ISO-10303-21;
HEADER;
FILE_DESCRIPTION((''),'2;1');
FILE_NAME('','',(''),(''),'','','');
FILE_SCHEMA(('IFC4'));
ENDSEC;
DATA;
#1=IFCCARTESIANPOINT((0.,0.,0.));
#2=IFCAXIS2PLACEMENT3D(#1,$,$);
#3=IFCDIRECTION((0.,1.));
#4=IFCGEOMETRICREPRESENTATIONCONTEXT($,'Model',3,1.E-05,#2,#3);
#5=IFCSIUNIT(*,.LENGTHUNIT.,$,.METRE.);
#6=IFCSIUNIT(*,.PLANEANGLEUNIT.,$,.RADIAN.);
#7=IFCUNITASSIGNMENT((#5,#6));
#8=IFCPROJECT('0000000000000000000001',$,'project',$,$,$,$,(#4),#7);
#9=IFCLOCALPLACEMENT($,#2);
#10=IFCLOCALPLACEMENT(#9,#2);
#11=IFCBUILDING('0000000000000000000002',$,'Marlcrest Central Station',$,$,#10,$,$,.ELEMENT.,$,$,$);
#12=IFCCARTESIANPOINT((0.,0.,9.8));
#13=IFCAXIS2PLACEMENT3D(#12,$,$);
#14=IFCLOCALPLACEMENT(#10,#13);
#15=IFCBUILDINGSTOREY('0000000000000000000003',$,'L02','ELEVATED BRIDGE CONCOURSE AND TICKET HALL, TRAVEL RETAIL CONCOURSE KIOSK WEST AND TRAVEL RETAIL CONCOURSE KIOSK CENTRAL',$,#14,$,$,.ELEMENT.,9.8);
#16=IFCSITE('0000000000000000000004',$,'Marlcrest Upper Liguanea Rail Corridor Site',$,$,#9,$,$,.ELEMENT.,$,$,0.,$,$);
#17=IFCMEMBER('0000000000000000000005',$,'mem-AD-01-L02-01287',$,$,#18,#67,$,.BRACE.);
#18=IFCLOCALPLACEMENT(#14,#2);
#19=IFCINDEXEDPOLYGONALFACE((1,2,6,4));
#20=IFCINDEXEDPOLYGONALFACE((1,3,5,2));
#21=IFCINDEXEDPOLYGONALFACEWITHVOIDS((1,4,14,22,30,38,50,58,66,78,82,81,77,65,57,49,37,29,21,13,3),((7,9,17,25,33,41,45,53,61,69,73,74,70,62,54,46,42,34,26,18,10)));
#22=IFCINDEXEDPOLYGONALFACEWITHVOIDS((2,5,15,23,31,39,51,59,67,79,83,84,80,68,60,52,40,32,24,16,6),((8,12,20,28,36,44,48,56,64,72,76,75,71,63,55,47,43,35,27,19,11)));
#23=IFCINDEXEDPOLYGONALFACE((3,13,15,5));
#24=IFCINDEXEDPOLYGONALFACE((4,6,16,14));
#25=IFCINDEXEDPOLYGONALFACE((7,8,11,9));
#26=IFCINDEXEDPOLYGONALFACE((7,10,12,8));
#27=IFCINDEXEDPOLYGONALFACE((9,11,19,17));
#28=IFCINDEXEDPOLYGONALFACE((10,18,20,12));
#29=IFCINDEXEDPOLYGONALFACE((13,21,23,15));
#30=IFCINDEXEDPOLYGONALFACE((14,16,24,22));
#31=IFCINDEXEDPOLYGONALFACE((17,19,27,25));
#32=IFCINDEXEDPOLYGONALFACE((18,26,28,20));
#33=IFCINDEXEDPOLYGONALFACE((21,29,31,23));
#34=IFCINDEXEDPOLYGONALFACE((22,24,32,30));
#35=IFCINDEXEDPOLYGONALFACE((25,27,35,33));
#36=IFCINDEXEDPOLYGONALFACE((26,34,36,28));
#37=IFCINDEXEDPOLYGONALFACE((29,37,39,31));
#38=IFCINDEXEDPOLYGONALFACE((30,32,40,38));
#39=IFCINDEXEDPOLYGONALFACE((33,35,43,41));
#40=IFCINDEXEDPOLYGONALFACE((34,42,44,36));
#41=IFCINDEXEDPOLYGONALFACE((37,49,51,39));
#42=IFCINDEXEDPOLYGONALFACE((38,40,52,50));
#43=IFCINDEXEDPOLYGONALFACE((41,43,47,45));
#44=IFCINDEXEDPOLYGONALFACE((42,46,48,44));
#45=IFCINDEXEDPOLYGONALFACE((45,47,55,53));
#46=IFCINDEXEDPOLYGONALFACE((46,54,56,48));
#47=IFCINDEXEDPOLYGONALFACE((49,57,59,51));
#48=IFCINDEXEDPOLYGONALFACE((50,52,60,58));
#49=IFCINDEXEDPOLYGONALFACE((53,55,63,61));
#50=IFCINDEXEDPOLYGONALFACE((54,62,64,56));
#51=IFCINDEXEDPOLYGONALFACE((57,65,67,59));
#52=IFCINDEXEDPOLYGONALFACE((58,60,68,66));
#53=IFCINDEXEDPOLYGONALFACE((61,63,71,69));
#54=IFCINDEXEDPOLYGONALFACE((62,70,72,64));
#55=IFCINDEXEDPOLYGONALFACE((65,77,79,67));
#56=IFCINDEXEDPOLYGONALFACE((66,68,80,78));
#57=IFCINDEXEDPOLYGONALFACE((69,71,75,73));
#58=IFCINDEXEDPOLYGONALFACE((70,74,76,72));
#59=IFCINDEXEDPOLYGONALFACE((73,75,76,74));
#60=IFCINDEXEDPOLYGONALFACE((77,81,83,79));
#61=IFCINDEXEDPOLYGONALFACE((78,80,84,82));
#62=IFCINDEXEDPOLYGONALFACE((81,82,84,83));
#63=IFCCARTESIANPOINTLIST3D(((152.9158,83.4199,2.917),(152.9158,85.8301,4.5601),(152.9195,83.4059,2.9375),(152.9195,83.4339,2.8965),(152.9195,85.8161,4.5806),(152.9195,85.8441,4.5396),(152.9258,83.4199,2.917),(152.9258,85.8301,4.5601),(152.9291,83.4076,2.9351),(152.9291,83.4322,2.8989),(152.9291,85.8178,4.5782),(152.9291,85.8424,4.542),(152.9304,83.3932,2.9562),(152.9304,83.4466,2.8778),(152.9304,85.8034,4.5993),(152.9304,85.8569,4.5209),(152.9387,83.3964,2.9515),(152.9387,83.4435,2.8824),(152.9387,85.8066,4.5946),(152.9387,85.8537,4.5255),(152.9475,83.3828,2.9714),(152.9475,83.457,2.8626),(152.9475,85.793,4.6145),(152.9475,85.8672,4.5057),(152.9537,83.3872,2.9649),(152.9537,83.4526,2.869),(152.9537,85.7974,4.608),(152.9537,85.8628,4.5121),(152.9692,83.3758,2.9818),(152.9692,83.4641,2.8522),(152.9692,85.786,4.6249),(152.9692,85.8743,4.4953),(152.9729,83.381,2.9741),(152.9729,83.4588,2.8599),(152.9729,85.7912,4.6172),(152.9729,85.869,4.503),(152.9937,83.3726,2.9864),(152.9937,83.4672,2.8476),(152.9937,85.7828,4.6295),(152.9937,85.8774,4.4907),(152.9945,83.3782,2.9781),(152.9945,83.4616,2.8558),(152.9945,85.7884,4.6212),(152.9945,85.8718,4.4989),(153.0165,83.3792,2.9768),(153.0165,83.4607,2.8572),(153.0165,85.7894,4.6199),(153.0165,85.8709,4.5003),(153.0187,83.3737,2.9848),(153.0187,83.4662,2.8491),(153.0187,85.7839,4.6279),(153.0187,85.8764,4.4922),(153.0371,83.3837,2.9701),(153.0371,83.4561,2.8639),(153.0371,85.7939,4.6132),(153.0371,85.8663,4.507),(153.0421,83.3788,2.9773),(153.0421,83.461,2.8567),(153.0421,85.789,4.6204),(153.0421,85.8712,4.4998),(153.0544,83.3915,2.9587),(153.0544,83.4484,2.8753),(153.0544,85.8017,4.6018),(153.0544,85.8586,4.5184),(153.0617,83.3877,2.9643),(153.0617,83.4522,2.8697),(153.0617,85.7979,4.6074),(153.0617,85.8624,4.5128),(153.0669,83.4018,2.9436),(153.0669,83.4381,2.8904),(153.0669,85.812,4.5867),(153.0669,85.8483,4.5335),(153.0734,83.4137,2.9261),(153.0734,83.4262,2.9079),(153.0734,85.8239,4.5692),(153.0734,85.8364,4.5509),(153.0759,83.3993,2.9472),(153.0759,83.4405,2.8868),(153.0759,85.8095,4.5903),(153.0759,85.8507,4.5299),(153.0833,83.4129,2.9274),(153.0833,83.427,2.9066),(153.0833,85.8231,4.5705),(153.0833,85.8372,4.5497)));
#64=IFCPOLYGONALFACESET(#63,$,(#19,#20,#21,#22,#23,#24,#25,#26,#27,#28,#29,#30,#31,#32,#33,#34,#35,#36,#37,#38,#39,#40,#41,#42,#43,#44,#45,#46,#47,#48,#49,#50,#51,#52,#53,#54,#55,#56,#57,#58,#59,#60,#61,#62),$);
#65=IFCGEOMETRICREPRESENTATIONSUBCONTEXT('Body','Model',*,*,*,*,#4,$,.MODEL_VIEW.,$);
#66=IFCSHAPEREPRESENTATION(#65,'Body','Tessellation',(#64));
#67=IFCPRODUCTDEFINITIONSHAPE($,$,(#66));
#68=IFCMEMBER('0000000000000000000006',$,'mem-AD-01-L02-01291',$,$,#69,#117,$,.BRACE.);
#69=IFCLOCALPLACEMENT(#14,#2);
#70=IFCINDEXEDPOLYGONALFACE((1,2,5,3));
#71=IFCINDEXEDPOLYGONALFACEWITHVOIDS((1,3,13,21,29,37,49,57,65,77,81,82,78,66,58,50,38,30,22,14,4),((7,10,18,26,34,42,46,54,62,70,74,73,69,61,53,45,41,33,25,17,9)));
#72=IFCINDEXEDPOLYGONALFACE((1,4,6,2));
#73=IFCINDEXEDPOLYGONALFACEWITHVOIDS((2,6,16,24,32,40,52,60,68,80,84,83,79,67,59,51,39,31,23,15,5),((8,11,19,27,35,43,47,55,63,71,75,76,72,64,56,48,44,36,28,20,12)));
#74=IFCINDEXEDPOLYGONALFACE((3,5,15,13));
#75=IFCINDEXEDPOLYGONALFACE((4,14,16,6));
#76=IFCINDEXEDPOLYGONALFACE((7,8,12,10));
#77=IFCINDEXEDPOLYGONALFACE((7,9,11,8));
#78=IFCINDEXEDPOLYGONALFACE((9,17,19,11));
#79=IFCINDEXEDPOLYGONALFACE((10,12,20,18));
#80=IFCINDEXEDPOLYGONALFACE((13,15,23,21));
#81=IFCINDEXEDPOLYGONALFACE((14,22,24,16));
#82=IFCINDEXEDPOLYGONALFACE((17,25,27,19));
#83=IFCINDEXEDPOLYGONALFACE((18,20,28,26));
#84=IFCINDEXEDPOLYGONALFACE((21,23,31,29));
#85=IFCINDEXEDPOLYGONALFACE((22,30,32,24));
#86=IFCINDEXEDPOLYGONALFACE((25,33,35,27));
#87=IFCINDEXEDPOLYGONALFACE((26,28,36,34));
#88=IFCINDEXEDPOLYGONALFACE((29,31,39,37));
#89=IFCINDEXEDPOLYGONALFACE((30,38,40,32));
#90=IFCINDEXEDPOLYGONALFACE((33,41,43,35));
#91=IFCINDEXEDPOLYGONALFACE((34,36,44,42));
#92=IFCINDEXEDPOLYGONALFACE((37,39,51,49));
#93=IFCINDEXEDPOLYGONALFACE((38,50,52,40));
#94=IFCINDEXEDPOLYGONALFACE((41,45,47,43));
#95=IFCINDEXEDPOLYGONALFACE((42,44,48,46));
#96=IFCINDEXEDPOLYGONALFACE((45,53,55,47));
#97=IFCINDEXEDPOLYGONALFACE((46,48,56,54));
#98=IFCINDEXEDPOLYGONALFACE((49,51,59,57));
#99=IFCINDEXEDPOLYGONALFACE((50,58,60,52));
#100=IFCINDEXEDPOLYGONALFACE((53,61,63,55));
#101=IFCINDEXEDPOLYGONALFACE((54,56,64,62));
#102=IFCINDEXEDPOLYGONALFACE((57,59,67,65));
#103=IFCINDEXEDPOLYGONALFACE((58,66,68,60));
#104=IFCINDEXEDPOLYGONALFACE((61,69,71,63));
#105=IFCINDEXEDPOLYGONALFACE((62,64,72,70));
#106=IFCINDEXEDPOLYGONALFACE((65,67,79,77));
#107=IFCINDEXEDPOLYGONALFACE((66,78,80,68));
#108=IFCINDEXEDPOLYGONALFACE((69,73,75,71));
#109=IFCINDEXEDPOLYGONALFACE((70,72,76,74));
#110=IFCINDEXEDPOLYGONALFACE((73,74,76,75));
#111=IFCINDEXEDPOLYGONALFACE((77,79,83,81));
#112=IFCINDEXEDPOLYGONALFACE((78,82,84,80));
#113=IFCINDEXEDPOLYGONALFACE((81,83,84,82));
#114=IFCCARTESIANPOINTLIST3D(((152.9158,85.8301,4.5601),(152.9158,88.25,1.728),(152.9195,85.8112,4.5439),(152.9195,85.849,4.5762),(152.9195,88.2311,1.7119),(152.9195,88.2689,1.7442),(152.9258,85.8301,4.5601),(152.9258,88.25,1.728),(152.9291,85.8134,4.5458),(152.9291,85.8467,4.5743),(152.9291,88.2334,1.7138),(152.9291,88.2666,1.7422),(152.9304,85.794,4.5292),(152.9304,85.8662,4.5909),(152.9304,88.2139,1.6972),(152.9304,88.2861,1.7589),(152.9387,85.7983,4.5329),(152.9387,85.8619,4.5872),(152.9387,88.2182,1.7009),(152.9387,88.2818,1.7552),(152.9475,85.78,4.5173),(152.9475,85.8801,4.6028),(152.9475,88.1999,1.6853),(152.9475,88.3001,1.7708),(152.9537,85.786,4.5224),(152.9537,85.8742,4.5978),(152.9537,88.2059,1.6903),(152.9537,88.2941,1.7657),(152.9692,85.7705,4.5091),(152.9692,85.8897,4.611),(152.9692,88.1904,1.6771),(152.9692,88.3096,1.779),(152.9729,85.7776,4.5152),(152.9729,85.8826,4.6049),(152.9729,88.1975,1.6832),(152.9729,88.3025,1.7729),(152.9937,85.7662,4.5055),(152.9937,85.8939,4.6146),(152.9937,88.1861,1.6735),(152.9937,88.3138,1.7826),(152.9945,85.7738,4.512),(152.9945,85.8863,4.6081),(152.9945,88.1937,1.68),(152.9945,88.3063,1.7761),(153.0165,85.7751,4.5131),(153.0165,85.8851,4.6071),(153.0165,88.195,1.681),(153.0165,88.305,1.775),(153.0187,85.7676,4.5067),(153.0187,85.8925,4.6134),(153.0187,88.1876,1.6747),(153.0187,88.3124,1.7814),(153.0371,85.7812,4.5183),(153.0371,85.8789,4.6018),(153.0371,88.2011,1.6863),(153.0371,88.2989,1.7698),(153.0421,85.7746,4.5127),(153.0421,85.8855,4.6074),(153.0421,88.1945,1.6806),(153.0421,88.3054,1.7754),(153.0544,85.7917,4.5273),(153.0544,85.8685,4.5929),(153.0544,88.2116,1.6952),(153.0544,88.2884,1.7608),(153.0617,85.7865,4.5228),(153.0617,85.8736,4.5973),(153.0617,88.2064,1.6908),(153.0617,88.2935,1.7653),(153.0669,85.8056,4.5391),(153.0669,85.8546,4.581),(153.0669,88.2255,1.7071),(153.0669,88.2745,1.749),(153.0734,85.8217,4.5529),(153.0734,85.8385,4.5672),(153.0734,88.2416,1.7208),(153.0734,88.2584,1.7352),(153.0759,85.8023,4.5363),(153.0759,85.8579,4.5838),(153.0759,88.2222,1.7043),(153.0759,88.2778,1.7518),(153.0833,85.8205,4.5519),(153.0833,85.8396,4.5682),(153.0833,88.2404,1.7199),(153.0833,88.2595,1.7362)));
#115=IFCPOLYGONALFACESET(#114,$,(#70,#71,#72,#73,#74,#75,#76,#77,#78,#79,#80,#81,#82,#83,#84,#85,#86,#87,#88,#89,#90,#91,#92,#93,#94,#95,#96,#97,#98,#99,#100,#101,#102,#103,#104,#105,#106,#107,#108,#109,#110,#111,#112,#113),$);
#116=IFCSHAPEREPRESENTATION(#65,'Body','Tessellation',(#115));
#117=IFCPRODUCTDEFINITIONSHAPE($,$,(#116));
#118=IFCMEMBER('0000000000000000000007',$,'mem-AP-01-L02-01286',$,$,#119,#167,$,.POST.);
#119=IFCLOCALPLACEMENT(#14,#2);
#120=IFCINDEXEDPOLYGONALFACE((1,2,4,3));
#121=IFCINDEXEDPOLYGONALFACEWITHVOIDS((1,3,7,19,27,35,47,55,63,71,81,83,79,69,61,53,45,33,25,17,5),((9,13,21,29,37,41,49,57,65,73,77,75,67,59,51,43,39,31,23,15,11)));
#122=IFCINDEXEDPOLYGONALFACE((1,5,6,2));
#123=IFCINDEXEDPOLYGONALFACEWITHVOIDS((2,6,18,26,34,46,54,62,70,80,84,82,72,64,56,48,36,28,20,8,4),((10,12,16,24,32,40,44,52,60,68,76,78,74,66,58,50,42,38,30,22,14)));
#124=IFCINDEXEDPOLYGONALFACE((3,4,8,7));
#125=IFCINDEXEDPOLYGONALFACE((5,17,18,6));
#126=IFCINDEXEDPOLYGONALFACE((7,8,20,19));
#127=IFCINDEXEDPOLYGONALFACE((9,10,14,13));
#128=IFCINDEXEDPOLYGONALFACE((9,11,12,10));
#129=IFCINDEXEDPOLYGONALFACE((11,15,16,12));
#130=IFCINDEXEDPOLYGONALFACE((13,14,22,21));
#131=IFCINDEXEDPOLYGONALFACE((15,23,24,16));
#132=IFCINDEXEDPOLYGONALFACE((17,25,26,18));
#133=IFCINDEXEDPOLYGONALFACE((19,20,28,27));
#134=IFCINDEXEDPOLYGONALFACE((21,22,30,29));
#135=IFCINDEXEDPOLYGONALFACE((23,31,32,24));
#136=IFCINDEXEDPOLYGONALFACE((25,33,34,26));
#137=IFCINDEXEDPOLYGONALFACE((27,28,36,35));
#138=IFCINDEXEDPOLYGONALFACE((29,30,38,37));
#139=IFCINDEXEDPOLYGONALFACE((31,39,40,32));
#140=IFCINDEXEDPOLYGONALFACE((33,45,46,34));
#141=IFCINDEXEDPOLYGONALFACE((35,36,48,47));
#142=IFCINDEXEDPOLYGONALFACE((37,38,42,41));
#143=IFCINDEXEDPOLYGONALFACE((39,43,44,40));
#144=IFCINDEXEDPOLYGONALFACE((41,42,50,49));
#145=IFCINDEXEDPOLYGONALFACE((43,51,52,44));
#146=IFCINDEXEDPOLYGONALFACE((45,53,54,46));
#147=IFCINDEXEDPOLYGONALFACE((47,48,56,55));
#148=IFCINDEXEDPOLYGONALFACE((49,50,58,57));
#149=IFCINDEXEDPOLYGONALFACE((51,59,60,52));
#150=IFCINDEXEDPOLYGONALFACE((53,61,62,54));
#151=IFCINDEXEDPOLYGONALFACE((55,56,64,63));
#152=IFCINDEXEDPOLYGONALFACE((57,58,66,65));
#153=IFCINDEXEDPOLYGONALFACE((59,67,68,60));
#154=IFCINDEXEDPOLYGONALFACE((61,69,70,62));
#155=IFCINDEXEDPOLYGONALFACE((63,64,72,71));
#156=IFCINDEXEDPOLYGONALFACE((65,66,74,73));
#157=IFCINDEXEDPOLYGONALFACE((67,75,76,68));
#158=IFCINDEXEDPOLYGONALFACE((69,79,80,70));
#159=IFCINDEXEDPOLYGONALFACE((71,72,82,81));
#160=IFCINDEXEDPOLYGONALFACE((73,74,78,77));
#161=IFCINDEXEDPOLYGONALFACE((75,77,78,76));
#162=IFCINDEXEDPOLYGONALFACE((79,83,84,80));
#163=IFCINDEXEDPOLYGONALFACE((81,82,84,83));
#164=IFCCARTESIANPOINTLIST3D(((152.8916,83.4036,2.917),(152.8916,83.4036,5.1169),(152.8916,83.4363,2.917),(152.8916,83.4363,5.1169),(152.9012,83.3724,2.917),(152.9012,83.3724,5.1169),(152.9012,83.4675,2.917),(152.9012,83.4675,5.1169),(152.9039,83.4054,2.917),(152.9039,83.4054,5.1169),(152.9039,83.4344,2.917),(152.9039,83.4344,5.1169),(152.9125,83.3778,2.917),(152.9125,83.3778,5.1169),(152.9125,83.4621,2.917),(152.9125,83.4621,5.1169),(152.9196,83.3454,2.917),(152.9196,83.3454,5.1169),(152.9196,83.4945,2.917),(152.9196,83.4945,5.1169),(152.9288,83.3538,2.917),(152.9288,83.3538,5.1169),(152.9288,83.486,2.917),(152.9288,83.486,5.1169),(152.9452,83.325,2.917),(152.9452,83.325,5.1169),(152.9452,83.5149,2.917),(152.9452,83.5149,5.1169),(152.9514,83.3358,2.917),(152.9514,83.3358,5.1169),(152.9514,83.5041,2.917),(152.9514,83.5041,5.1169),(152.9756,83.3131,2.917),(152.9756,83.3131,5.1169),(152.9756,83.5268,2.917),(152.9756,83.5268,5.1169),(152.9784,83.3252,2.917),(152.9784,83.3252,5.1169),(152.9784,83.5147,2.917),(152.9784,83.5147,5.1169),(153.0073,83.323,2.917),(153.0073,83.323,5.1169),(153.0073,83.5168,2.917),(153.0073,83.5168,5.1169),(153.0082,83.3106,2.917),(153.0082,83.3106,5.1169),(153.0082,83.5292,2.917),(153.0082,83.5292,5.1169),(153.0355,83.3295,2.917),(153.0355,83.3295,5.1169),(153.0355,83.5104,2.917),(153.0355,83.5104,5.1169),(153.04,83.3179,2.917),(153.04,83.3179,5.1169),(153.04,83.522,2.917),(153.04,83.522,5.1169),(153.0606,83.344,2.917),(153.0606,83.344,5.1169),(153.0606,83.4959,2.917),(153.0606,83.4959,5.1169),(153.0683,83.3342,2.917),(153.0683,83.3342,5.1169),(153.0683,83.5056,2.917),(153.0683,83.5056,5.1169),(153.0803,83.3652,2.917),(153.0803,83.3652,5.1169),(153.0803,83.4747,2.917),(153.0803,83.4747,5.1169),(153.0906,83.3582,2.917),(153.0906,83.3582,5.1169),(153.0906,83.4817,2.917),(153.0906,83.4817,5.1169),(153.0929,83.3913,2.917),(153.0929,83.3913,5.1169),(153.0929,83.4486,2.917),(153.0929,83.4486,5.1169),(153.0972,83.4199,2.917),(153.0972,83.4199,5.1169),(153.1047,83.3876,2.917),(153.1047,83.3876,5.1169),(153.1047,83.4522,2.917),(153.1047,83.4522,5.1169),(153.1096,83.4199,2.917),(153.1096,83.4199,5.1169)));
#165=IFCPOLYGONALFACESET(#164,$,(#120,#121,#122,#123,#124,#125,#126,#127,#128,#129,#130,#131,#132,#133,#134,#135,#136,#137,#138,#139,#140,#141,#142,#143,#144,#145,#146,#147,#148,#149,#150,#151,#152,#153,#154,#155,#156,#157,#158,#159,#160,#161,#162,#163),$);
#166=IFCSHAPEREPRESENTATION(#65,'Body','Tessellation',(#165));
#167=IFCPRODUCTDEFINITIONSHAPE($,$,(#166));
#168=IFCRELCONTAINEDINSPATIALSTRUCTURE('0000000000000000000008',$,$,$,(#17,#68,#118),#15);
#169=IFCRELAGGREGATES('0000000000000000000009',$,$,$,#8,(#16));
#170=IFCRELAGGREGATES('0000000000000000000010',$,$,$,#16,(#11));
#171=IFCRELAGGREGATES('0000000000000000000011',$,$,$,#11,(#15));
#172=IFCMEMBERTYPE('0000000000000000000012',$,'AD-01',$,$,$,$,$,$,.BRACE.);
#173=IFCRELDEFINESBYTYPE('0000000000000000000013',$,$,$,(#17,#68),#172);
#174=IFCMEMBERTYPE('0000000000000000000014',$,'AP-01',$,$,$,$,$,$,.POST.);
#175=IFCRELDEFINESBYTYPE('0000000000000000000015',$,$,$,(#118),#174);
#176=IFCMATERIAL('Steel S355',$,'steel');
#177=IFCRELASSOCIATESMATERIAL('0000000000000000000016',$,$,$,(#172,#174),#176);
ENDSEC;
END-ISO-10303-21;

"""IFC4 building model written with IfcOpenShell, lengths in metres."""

from ifc_helpers import new_model, si_unit, direction, frame, origin, origin_2d, place, context, subcontext, project, spatial, hollow_circle, extrude, material, material_profile, profile_set, type_object, element, save


model = new_model("IFC4")

# Units and contexts
model_context = context("Model", 3, precision=1e-05, world=origin(), true_north=direction((0.0, 1.0)))
body_context = subcontext(model_context, "Body", "Model", "MODEL_VIEW")
ifc_project = project(units=[si_unit("LENGTHUNIT", "METRE"), si_unit("PLANEANGLEUNIT", "RADIAN")], contexts=[model_context])

# Site, building, storey
site_placement = place(None, origin())
site = spatial("IfcSite", under=ifc_project, at=site_placement, Name="Marlcrest Upper Liguanea Rail Corridor Site", CompositionType="ELEMENT", RefElevation=0.0)
building_placement = place(site_placement, origin())
building = spatial("IfcBuilding", under=site, at=building_placement, Name="Marlcrest Central Station", CompositionType="ELEMENT")
storey_placement = place(building_placement, frame((0.0, 0.0, 9.8)))
storey = spatial("IfcBuildingStorey", under=building, at=storey_placement, Name="L02", Description="ELEVATED BRIDGE CONCOURSE AND TICKET HALL, TRAVEL RETAIL CONCOURSE KIOSK WEST AND TRAVEL RETAIL CONCOURSE KIOSK CENTRAL", CompositionType="ELEMENT", Elevation=9.8)

# Members
ifc_material_1 = material(Name="Steel S355", Category="steel")
ifc_material_profile_1 = material_profile(ifc_material_1, hollow_circle(Radius=0.0842, WallThickness=0.01, at=origin_2d()), Name="CHS 168.3x10")
ifc_profile_set_1 = profile_set([ifc_material_profile_1], Name="Steel S355")
member_type_1 = type_object("IfcMemberType", Name="AD-01", PredefinedType="BRACE", material=ifc_profile_set_1)
member_1_placement = place(storey_placement, frame((153.0, 83.4199, 2.917), z_axis=(0.0, 0.826263, 0.563285), x_axis=(-1.0, 0.0, 0.0)))
element("IfcMember", 1, at=member_1_placement, inside=storey, type_object=member_type_1, Name="mem-AD-01-L02-01287", PredefinedType="BRACE", context=body_context, shape_type="SweptSolid", body=[
    extrude(hollow_circle(Radius=0.0842, WallThickness=0.01, at=origin_2d()), origin(), (0.0, 0.0, 1.0), 2.917),
])
member_2_placement = place(storey_placement, frame((153.0, 85.8301, 4.5601), z_axis=(0.0, 0.649625, -0.760255), x_axis=(-1.0, 0.0, 0.0)))
element("IfcMember", 2, at=member_2_placement, inside=storey, type_object=member_type_1, Name="mem-AD-01-L02-01291", PredefinedType="BRACE", context=body_context, shape_type="SweptSolid", body=[
    extrude(hollow_circle(Radius=0.0842, WallThickness=0.01, at=origin_2d()), origin(), (0.0, 0.0, 1.0), 3.7251),
])
ifc_material_profile_2 = material_profile(ifc_material_1, hollow_circle(Radius=0.1096, WallThickness=0.0125, at=origin_2d()), Name="CHS 219.1x12.5")
ifc_profile_set_2 = profile_set([ifc_material_profile_2], Name="Steel S355")
member_type_2 = type_object("IfcMemberType", Name="AP-01", PredefinedType="POST", material=ifc_profile_set_2)
member_3_placement = place(storey_placement, frame((153.0, 83.4199, 2.917), z_axis=(0.0, 0.0, 1.0), x_axis=(1.0, 0.0, 0.0)))
element("IfcMember", 3, at=member_3_placement, inside=storey, type_object=member_type_2, Name="mem-AP-01-L02-01286", PredefinedType="POST", context=body_context, shape_type="SweptSolid", body=[
    extrude(hollow_circle(Radius=0.1096, WallThickness=0.0125, at=origin_2d()), origin(), (0.0, 0.0, 1.0), 2.2),
])

save(model, "model.ifc")
